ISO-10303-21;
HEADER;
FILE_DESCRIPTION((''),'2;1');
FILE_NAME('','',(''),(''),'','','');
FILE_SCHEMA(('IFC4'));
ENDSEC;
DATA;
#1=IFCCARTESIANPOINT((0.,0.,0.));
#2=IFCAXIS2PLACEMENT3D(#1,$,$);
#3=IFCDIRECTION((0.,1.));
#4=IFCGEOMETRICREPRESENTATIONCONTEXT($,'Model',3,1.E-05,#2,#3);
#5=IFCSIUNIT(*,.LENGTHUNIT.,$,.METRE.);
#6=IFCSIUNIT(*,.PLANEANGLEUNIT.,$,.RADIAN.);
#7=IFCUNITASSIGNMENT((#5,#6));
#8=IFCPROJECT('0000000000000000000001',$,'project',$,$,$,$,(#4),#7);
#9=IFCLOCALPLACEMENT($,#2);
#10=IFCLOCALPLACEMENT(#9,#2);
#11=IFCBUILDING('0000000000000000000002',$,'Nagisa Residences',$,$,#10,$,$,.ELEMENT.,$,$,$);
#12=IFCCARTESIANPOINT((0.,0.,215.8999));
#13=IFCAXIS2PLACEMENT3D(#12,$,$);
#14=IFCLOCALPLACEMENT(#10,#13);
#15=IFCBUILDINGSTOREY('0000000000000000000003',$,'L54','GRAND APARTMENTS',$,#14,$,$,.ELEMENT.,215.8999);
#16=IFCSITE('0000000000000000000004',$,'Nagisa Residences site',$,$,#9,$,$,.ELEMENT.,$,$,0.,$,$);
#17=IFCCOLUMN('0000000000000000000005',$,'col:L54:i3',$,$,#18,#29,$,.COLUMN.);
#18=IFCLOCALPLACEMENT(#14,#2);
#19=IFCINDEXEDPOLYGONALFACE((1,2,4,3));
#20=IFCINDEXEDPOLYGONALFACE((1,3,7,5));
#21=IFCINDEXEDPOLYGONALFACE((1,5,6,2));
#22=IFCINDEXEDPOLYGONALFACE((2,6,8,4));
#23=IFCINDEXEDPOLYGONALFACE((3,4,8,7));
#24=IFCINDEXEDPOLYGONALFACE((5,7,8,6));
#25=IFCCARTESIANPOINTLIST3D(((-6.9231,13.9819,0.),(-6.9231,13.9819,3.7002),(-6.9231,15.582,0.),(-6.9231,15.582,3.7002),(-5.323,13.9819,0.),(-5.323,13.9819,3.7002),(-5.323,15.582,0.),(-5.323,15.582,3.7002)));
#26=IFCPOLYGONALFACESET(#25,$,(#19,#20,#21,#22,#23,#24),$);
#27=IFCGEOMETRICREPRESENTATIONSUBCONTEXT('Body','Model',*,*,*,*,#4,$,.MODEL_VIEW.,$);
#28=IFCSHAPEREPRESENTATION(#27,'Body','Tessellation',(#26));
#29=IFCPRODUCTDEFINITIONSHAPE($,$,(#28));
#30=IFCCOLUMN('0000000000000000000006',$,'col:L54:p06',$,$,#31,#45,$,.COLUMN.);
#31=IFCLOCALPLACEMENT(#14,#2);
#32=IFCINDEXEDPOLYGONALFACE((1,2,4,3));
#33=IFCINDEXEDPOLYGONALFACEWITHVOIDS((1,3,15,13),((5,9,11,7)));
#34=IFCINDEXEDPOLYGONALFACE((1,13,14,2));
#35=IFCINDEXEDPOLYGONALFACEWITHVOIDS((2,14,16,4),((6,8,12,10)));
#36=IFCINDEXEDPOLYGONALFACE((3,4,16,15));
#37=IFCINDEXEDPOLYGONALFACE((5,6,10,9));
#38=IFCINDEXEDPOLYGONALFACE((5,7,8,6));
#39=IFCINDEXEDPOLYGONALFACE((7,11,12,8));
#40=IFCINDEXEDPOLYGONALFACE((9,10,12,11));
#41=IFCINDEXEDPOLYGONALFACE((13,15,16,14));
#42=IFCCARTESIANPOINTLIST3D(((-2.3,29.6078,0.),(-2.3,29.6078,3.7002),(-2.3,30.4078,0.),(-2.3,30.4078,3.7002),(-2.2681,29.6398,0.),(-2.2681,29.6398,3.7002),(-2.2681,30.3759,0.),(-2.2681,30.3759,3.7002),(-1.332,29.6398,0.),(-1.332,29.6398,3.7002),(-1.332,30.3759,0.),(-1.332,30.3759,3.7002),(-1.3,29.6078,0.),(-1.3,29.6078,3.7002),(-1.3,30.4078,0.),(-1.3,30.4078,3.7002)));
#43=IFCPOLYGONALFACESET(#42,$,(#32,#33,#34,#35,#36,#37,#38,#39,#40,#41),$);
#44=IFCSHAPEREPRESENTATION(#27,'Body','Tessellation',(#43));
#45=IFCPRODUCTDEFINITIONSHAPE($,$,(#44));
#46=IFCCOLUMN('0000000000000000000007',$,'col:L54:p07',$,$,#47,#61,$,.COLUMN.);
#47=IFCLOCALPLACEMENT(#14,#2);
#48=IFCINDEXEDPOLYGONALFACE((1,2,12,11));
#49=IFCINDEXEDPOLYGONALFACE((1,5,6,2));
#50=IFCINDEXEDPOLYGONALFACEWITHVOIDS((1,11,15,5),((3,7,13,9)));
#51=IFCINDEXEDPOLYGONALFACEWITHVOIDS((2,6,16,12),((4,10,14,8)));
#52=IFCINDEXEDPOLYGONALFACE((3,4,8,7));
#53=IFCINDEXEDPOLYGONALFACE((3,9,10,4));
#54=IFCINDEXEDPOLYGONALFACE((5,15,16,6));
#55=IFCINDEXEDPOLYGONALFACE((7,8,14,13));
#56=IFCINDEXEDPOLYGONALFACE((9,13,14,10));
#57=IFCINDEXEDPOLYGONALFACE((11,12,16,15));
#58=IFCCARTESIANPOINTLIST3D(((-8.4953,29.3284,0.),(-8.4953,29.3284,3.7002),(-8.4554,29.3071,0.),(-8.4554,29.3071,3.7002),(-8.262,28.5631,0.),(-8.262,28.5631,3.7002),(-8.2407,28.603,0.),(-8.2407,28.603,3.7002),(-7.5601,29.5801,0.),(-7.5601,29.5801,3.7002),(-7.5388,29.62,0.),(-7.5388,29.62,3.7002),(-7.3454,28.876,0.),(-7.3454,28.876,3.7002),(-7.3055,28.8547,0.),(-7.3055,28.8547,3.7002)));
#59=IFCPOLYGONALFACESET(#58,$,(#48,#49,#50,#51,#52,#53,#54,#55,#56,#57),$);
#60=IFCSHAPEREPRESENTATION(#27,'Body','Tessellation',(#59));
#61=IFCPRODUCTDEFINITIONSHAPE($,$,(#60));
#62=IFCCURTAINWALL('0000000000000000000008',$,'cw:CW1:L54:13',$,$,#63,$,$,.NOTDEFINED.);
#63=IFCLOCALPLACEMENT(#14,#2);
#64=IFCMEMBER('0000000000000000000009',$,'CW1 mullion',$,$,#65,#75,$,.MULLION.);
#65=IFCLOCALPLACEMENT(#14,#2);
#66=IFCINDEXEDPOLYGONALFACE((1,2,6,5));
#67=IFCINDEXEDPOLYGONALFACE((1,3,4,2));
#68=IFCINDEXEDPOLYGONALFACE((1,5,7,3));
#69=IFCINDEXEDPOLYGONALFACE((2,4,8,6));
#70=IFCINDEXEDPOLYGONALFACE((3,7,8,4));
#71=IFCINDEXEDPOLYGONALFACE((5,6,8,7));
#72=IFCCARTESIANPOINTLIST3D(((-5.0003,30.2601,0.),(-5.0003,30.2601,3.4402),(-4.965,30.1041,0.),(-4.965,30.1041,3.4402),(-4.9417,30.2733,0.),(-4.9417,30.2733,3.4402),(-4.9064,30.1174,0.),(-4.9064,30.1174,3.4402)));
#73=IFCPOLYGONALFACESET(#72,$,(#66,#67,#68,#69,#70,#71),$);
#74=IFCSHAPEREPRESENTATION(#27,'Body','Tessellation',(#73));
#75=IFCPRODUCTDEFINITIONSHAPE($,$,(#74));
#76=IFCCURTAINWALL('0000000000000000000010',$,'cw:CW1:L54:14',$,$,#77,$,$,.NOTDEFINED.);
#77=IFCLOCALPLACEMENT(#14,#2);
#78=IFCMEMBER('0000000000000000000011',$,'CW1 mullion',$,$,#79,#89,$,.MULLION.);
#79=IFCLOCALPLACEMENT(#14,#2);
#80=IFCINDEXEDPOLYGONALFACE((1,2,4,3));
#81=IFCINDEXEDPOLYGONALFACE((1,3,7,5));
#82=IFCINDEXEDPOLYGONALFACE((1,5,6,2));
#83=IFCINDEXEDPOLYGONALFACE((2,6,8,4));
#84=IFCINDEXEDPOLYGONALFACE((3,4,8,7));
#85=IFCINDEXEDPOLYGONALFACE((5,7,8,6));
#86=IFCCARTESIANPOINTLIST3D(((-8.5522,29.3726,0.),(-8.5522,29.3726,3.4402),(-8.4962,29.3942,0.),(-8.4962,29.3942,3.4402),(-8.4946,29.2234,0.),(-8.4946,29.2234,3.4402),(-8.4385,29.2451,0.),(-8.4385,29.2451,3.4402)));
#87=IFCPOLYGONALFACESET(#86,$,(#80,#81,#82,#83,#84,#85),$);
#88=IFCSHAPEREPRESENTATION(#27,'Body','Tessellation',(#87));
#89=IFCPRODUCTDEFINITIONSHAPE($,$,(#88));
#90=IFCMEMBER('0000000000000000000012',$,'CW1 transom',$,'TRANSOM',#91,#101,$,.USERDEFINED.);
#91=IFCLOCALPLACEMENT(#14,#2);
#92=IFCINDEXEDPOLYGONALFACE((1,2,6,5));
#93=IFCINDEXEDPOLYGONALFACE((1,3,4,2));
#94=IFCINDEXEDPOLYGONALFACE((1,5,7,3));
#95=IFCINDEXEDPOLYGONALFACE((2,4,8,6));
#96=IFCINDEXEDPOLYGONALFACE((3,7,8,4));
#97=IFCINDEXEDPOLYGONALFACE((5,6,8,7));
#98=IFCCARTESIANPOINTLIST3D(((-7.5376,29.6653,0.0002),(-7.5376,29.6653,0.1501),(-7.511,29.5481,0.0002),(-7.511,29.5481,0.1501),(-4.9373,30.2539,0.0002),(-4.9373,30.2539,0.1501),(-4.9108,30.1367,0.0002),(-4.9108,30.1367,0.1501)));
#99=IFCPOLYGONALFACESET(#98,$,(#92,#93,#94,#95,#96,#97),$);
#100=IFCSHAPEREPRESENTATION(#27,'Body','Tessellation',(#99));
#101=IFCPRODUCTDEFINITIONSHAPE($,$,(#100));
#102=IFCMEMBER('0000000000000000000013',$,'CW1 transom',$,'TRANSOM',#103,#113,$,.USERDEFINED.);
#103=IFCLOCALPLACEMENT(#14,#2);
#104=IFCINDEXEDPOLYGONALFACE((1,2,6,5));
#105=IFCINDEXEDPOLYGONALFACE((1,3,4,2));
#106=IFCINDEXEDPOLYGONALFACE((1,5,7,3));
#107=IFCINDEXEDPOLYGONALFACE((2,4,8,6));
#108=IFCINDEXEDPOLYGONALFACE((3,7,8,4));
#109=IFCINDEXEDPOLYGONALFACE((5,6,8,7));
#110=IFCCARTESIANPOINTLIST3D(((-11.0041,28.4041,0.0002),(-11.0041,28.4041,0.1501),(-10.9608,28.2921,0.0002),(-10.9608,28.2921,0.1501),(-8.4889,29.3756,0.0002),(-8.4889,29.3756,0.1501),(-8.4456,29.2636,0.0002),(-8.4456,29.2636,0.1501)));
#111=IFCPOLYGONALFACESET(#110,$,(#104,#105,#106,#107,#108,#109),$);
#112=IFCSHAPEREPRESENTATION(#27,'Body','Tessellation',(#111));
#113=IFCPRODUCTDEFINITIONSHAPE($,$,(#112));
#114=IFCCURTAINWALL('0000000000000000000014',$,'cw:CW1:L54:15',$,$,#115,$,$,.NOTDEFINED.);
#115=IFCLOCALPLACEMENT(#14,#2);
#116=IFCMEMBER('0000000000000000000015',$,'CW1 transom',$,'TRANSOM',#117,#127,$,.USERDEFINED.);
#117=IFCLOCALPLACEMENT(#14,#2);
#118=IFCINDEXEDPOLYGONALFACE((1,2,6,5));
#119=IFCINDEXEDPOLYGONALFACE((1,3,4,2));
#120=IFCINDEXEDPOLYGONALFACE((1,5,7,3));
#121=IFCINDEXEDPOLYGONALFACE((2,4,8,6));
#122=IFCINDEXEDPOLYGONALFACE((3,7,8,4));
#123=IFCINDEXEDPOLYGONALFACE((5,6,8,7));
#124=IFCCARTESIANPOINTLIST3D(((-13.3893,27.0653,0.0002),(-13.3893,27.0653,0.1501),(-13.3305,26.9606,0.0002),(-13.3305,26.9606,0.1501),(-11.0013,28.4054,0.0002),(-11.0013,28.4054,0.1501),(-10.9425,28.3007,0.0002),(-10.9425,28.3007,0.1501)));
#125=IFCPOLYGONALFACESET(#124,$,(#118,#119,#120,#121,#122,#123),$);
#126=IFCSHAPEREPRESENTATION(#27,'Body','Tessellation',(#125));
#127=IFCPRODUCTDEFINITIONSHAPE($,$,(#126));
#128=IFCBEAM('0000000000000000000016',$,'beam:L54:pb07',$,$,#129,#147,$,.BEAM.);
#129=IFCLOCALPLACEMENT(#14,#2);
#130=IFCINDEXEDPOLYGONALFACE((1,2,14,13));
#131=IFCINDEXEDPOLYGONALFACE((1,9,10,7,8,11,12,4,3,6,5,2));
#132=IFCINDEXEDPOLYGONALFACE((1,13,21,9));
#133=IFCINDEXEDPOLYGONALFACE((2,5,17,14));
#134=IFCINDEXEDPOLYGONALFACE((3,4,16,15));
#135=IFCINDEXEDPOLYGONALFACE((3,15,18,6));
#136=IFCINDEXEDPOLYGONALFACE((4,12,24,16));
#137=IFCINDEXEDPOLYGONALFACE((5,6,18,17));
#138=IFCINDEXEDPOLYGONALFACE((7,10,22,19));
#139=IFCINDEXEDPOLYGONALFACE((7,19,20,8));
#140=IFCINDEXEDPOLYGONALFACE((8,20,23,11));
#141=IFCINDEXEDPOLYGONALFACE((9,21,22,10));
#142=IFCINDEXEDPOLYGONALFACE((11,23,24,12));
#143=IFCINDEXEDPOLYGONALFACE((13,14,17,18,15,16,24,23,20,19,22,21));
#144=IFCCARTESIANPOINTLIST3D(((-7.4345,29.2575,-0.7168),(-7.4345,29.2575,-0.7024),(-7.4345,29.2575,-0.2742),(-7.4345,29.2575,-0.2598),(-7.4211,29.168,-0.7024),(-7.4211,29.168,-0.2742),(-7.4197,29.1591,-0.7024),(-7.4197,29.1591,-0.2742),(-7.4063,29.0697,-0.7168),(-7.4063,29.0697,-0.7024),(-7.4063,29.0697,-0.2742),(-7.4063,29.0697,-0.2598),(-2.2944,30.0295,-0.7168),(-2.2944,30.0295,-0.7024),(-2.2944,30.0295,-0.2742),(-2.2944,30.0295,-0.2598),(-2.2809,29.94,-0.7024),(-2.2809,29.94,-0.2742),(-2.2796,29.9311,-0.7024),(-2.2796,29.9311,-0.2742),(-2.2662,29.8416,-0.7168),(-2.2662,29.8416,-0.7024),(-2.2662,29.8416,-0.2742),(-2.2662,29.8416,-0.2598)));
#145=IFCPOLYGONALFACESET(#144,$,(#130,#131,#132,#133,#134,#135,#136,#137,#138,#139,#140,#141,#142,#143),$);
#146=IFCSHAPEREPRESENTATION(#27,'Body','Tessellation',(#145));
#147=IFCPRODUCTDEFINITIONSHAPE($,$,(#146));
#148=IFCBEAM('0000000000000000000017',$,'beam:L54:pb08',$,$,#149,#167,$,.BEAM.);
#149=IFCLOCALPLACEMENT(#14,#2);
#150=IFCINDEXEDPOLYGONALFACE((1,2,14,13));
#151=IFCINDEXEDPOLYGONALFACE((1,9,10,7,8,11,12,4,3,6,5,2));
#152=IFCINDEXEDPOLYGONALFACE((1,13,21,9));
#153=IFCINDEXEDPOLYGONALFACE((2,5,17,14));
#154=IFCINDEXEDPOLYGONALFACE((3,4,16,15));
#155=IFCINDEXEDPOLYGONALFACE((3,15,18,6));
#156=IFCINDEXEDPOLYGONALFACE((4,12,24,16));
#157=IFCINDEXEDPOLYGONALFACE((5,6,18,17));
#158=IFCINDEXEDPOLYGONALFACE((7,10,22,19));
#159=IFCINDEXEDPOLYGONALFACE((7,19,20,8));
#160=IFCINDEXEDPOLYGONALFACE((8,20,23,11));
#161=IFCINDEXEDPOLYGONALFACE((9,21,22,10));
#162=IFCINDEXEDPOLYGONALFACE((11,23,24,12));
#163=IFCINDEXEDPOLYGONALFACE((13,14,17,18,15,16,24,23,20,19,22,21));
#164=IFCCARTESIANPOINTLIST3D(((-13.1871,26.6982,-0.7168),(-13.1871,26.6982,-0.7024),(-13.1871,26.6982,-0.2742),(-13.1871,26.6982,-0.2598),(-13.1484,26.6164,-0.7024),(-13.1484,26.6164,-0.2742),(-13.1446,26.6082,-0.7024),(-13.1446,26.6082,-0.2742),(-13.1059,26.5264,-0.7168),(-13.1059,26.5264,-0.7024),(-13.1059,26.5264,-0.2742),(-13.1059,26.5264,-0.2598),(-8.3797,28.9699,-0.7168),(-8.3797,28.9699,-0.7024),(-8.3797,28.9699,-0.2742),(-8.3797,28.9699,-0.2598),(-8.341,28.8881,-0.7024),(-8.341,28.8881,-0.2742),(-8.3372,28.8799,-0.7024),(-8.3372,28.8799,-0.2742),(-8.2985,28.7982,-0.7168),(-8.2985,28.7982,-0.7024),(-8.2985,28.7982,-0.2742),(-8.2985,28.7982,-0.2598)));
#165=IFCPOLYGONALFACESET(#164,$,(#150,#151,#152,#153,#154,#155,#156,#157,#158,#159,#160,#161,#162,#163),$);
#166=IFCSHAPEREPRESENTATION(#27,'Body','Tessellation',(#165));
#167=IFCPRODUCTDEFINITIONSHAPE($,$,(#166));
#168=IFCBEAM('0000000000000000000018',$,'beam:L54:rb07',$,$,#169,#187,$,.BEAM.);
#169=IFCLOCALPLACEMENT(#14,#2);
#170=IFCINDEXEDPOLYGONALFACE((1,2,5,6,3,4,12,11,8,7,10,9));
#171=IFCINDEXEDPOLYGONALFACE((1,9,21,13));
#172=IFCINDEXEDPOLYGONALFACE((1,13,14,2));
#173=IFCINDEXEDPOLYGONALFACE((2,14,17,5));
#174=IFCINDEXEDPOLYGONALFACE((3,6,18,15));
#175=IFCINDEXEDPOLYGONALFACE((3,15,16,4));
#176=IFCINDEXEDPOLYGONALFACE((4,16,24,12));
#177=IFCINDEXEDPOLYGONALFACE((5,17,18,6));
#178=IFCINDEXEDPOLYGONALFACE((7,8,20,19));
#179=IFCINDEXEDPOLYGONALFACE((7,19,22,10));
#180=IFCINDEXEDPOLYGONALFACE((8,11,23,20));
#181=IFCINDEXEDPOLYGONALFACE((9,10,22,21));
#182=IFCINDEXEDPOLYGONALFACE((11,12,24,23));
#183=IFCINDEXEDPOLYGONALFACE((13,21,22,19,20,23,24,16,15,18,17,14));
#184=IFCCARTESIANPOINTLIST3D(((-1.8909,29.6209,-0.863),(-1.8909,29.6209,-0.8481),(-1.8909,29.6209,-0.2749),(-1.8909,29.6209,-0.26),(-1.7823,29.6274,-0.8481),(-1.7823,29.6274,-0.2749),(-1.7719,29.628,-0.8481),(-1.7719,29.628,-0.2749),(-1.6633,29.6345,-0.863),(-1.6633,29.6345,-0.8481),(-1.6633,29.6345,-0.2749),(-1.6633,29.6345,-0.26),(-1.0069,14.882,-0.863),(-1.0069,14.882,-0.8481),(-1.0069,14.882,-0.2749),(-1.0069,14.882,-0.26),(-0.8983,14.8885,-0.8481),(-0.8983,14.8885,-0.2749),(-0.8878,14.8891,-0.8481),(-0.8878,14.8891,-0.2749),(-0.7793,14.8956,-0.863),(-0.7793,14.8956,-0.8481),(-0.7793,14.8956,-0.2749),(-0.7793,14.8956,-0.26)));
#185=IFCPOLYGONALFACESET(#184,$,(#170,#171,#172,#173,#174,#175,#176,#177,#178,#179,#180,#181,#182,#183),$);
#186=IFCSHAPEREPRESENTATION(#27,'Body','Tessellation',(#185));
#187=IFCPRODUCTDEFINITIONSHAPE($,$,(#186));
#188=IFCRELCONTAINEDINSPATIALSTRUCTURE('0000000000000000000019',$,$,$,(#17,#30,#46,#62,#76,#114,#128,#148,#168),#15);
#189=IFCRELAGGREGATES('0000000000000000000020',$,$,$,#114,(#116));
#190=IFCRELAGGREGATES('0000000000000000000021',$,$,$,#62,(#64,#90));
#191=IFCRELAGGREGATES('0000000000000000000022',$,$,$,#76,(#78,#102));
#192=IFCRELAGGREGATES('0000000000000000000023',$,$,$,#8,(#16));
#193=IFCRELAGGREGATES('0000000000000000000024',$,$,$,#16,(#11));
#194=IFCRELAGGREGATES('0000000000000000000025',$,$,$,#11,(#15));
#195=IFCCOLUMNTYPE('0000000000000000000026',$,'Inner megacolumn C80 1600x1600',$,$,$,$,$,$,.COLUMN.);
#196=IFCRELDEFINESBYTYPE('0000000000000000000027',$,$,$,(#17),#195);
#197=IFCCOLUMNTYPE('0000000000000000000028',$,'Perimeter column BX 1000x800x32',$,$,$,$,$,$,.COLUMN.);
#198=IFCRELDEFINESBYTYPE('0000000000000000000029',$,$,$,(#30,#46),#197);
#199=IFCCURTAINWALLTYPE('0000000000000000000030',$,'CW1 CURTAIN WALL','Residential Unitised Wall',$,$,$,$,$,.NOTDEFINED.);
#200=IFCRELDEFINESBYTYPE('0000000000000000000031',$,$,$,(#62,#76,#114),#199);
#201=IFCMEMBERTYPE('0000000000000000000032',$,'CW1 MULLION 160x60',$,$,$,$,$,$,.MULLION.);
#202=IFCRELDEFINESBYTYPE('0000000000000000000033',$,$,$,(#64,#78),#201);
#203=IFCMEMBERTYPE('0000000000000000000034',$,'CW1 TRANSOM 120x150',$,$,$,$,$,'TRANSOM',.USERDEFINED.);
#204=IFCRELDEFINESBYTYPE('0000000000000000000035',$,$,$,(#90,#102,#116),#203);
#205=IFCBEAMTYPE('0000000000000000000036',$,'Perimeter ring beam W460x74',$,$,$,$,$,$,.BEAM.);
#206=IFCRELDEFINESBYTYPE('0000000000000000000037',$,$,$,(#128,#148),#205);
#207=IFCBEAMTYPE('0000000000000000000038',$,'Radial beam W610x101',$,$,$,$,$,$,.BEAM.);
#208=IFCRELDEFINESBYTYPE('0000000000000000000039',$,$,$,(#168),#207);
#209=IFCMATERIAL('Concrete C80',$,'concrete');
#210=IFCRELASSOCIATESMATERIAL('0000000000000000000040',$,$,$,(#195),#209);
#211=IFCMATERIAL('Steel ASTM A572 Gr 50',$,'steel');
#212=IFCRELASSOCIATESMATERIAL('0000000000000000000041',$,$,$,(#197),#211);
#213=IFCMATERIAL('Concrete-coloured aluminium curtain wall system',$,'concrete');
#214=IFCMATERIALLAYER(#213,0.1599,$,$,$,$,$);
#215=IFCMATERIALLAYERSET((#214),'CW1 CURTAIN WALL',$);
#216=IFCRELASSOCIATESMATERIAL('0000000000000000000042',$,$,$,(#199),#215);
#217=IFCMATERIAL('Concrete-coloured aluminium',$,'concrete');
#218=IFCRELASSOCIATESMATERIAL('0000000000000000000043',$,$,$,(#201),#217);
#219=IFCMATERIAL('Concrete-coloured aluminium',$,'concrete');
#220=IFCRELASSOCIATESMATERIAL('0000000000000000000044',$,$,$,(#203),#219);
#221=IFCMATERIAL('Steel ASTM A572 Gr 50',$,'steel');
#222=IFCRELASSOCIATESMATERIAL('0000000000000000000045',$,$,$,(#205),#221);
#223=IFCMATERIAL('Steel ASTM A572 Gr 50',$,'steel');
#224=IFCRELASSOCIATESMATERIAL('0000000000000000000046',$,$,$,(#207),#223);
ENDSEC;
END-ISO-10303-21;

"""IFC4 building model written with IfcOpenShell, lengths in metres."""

from ifc_helpers import new_model, si_unit, direction, frame, origin, origin_2d, place, context, subcontext, project, spatial, rectangle, hollow_rectangle, i_section, extrude, material, layer, layer_set, material_profile, profile_set, type_object, element, aggregate, save


model = new_model("IFC4")

# Units and contexts
model_context = context("Model", 3, precision=1e-05, world=origin(), true_north=direction((0.0, 1.0)))
body_context = subcontext(model_context, "Body", "Model", "MODEL_VIEW")
ifc_project = project(units=[si_unit("LENGTHUNIT", "METRE"), si_unit("PLANEANGLEUNIT", "RADIAN")], contexts=[model_context])

# Site, building, storey
site_placement = place(None, origin())
site = spatial("IfcSite", under=ifc_project, at=site_placement, Name="Nagisa Residences site", CompositionType="ELEMENT", RefElevation=0.0)
building_placement = place(site_placement, origin())
building = spatial("IfcBuilding", under=site, at=building_placement, Name="Nagisa Residences", CompositionType="ELEMENT")
storey_placement = place(building_placement, frame((0.0, 0.0, 215.8999)))
storey = spatial("IfcBuildingStorey", under=building, at=storey_placement, Name="L54", Description="GRAND APARTMENTS", CompositionType="ELEMENT", Elevation=215.8999)

# Columns
ifc_material_1 = material(Name="Concrete C80", Category="concrete")
ifc_material_profile_1 = material_profile(ifc_material_1, rectangle(XDim=1.6001, YDim=1.6001, at=origin_2d()), Name="C80 1600x1600")
ifc_profile_set_1 = profile_set([ifc_material_profile_1], Name="Concrete C80")
column_type_1 = type_object("IfcColumnType", Name="Inner megacolumn C80 1600x1600", PredefinedType="COLUMN", material=ifc_profile_set_1)
column_placement = place(storey_placement, frame((-6.123, 14.782, 0.0), z_axis=(0.0, 0.0, 1.0), x_axis=(1.0, 0.0, 0.0)))
element("IfcColumn", 1, at=column_placement, inside=storey, type_object=column_type_1, Name="col:L54:i3", PredefinedType="COLUMN", context=body_context, shape_type="SweptSolid", body=[
    extrude(rectangle(XDim=1.6001, YDim=1.6001, at=origin_2d()), origin(), (0.0, 0.0, 1.0), 3.7002),
])
ifc_material_2 = material(Name="Steel ASTM A572 Gr 50", Category="steel")
ifc_material_profile_2 = material_profile(ifc_material_2, hollow_rectangle(XDim=1.0, YDim=0.8, WallThickness=0.032, at=origin_2d()), Name="BX 1000x800x32")
ifc_profile_set_2 = profile_set([ifc_material_profile_2], Name="Steel ASTM A572 Gr 50")
column_type_2 = type_object("IfcColumnType", Name="Perimeter column BX 1000x800x32", PredefinedType="COLUMN", material=ifc_profile_set_2)
for number, where, z_axis, x_axis, name in (
    (2, (-1.8, 30.0078, 0.0), (0.0, 0.0, 1.0), (-1.0, 0.0, 0.0), "col:L54:p06"),
    (3, (-7.9004, 29.0916, 0.0), (0.0, 0.0, 1.0), (-0.956525, -0.291652, 0.0), "col:L54:p07"),
):
    element("IfcColumn", number, at=place(storey_placement, frame(where, z_axis=z_axis, x_axis=x_axis)), inside=storey, type_object=column_type_2, Name=name, PredefinedType="COLUMN", context=body_context, shape_type="SweptSolid", body=[
        extrude(hollow_rectangle(XDim=1.0, YDim=0.8, WallThickness=0.032, at=origin_2d()), origin(), (0.0, 0.0, 1.0), 3.7002),
    ])

# Curtain walls, members
ifc_material_3 = material(Name="Concrete-coloured aluminium curtain wall system", Category="concrete")
ifc_layer_1 = layer(ifc_material_3, 0.1599)
ifc_layer_set_1 = layer_set([ifc_layer_1], Name="CW1 CURTAIN WALL")
curtain_wall_type = type_object("IfcCurtainWallType", Name="CW1 CURTAIN WALL", Description="Residential Unitised Wall", PredefinedType="NOTDEFINED", material=ifc_layer_set_1)
curtain_wall_1_placement = place(storey_placement, origin())
curtain_wall_1 = element("IfcCurtainWall", 4, at=curtain_wall_1_placement, inside=storey, type_object=curtain_wall_type, Name="cw:CW1:L54:13", PredefinedType="NOTDEFINED")
ifc_material_4 = material(Name="Concrete-coloured aluminium", Category="concrete")
ifc_material_profile_3 = material_profile(ifc_material_4, rectangle(XDim=0.1599, YDim=0.0601, at=origin_2d()), Name="CW1 MULLION 160x60")
ifc_profile_set_3 = profile_set([ifc_material_profile_3], Name="Concrete-coloured aluminium")
member_type_1 = type_object("IfcMemberType", Name="CW1 MULLION 160x60", PredefinedType="MULLION", material=ifc_profile_set_3)
member_1_placement = place(storey_placement, frame((-4.9534, 30.1887, 0.0), z_axis=(0.0, 0.0, 1.0), x_axis=(0.220764, -0.975327, 0.0)))
member_1 = element("IfcMember", 5, at=member_1_placement, type_object=member_type_1, Name="CW1 mullion", PredefinedType="MULLION", context=body_context, shape_type="SweptSolid", body=[
    extrude(rectangle(XDim=0.1599, YDim=0.0601, at=origin_2d()), origin(), (0.0, 0.0, 1.0), 3.4402),
])
curtain_wall_2_placement = place(storey_placement, origin())
curtain_wall_2 = element("IfcCurtainWall", 6, at=curtain_wall_2_placement, inside=storey, type_object=curtain_wall_type, Name="cw:CW1:L54:14", PredefinedType="NOTDEFINED")
member_2_placement = place(storey_placement, frame((-8.4954, 29.3088, 0.0), z_axis=(0.0, 0.0, 1.0), x_axis=(0.360328, -0.932826, 0.0)))
member_2 = element("IfcMember", 7, at=member_2_placement, type_object=member_type_1, Name="CW1 mullion", PredefinedType="MULLION", context=body_context, shape_type="SweptSolid", body=[
    extrude(rectangle(XDim=0.1599, YDim=0.0601, at=origin_2d()), origin(), (0.0, 0.0, 1.0), 3.4402),
])

# Members
ifc_material_5 = material(Name="Concrete-coloured aluminium", Category="concrete")
ifc_material_profile_4 = material_profile(ifc_material_5, rectangle(XDim=0.1201, YDim=0.1499, at=origin_2d()), Name="CW1 TRANSOM 120x150")
ifc_profile_set_4 = profile_set([ifc_material_profile_4], Name="Concrete-coloured aluminium")
member_type_2 = type_object("IfcMemberType", Name="CW1 TRANSOM 120x150", ElementType="TRANSOM", PredefinedType="USERDEFINED", material=ifc_profile_set_4)
member_3_placement = place(storey_placement, frame((-4.9241, 30.1953, 0.0752), z_axis=(-0.975324, -0.220778, 0.0), x_axis=(0.220778, -0.975324, 0.0)))
member_3 = element("IfcMember", 8, at=member_3_placement, type_object=member_type_2, Name="CW1 transom", ObjectType="TRANSOM", PredefinedType="USERDEFINED", context=body_context, shape_type="SweptSolid", body=[
    extrude(rectangle(XDim=0.1201, YDim=0.1499, at=origin_2d()), origin(), (0.0, 0.0, 1.0), 2.666),
])
member_4_placement = place(storey_placement, frame((-8.4673, 29.3196, 0.0752), z_axis=(-0.932838, -0.360295, 0.0), x_axis=(0.360295, -0.932838, 0.0)))
member_4 = element("IfcMember", 9, at=member_4_placement, type_object=member_type_2, Name="CW1 transom", ObjectType="TRANSOM", PredefinedType="USERDEFINED", context=body_context, shape_type="SweptSolid", body=[
    extrude(rectangle(XDim=0.1201, YDim=0.1499, at=origin_2d()), origin(), (0.0, 0.0, 1.0), 2.6963),
])

# Curtain wall, member
curtain_wall_3_placement = place(storey_placement, origin())
curtain_wall_3 = element("IfcCurtainWall", 10, at=curtain_wall_3_placement, inside=storey, type_object=curtain_wall_type, Name="cw:CW1:L54:15", PredefinedType="NOTDEFINED")
member_5_placement = place(storey_placement, frame((-10.9719, 28.353, 0.0752), z_axis=(-0.872063, -0.489393, 0.0), x_axis=(0.489393, -0.872063, 0.0)))
member_5 = element("IfcMember", 11, at=member_5_placement, type_object=member_type_2, Name="CW1 transom", ObjectType="TRANSOM", PredefinedType="USERDEFINED", context=body_context, shape_type="SweptSolid", body=[
    extrude(rectangle(XDim=0.1201, YDim=0.1499, at=origin_2d()), origin(), (0.0, 0.0, 1.0), 2.7383),
])
aggregate(curtain_wall_3, [member_5])

# Beams
ifc_material_6 = material(Name="Steel ASTM A572 Gr 50", Category="steel")
ifc_material_profile_5 = material_profile(ifc_material_6, i_section(OverallWidth=0.1899, OverallDepth=0.457, WebThickness=0.009, FlangeThickness=0.0144, at=origin_2d()), Name="W460x74")
ifc_profile_set_5 = profile_set([ifc_material_profile_5], Name="Steel ASTM A572 Gr 50")
beam_type_1 = type_object("IfcBeamType", Name="Perimeter ring beam W460x74", PredefinedType="BEAM", material=ifc_profile_set_5)
beam_1_placement = place(storey_placement, frame((-2.2803, 29.9355, -0.4883), z_axis=(-0.988909, -0.14852, 0.0), x_axis=(0.14852, -0.988909, 0.0)))
element("IfcBeam", 12, at=beam_1_placement, inside=storey, type_object=beam_type_1, Name="beam:L54:pb07", PredefinedType="BEAM", context=body_context, shape_type="SweptSolid", body=[
    extrude(i_section(OverallWidth=0.1899, OverallDepth=0.457, WebThickness=0.009, FlangeThickness=0.0144, at=origin_2d()), origin(), (0.0, 0.0, 1.0), 5.1978),
])
beam_2_placement = place(storey_placement, frame((-8.3391, 28.884, -0.4883), z_axis=(-0.904134, -0.427249, 0.0), x_axis=(0.427249, -0.904134, 0.0)))
element("IfcBeam", 13, at=beam_2_placement, inside=storey, type_object=beam_type_1, Name="beam:L54:pb08", PredefinedType="BEAM", context=body_context, shape_type="SweptSolid", body=[
    extrude(i_section(OverallWidth=0.1899, OverallDepth=0.457, WebThickness=0.009, FlangeThickness=0.0144, at=origin_2d()), origin(), (0.0, 0.0, 1.0), 5.3171),
])
ifc_material_7 = material(Name="Steel ASTM A572 Gr 50", Category="steel")
ifc_material_profile_6 = material_profile(ifc_material_7, i_section(OverallWidth=0.228, OverallDepth=0.603, WebThickness=0.0105, FlangeThickness=0.0149, at=origin_2d()), Name="W610x101")
ifc_profile_set_6 = profile_set([ifc_material_profile_6], Name="Steel ASTM A572 Gr 50")
beam_type_2 = type_object("IfcBeamType", Name="Radial beam W610x101", PredefinedType="BEAM", material=ifc_profile_set_6)
beam_3_placement = place(storey_placement, frame((-1.7771, 29.6277, -0.5615), z_axis=(0.059872, -0.998206, 0.0), x_axis=(0.998206, 0.059872, 0.0)))
element("IfcBeam", 14, at=beam_3_placement, inside=storey, type_object=beam_type_2, Name="beam:L54:rb07", PredefinedType="BEAM", context=body_context, shape_type="SweptSolid", body=[
    extrude(i_section(OverallWidth=0.228, OverallDepth=0.603, WebThickness=0.0105, FlangeThickness=0.0149, at=origin_2d()), origin(), (0.0, 0.0, 1.0), 14.7654),
])

aggregate(curtain_wall_1, [member_1, member_3])
aggregate(curtain_wall_2, [member_2, member_4])

save(model, "model.ifc")
